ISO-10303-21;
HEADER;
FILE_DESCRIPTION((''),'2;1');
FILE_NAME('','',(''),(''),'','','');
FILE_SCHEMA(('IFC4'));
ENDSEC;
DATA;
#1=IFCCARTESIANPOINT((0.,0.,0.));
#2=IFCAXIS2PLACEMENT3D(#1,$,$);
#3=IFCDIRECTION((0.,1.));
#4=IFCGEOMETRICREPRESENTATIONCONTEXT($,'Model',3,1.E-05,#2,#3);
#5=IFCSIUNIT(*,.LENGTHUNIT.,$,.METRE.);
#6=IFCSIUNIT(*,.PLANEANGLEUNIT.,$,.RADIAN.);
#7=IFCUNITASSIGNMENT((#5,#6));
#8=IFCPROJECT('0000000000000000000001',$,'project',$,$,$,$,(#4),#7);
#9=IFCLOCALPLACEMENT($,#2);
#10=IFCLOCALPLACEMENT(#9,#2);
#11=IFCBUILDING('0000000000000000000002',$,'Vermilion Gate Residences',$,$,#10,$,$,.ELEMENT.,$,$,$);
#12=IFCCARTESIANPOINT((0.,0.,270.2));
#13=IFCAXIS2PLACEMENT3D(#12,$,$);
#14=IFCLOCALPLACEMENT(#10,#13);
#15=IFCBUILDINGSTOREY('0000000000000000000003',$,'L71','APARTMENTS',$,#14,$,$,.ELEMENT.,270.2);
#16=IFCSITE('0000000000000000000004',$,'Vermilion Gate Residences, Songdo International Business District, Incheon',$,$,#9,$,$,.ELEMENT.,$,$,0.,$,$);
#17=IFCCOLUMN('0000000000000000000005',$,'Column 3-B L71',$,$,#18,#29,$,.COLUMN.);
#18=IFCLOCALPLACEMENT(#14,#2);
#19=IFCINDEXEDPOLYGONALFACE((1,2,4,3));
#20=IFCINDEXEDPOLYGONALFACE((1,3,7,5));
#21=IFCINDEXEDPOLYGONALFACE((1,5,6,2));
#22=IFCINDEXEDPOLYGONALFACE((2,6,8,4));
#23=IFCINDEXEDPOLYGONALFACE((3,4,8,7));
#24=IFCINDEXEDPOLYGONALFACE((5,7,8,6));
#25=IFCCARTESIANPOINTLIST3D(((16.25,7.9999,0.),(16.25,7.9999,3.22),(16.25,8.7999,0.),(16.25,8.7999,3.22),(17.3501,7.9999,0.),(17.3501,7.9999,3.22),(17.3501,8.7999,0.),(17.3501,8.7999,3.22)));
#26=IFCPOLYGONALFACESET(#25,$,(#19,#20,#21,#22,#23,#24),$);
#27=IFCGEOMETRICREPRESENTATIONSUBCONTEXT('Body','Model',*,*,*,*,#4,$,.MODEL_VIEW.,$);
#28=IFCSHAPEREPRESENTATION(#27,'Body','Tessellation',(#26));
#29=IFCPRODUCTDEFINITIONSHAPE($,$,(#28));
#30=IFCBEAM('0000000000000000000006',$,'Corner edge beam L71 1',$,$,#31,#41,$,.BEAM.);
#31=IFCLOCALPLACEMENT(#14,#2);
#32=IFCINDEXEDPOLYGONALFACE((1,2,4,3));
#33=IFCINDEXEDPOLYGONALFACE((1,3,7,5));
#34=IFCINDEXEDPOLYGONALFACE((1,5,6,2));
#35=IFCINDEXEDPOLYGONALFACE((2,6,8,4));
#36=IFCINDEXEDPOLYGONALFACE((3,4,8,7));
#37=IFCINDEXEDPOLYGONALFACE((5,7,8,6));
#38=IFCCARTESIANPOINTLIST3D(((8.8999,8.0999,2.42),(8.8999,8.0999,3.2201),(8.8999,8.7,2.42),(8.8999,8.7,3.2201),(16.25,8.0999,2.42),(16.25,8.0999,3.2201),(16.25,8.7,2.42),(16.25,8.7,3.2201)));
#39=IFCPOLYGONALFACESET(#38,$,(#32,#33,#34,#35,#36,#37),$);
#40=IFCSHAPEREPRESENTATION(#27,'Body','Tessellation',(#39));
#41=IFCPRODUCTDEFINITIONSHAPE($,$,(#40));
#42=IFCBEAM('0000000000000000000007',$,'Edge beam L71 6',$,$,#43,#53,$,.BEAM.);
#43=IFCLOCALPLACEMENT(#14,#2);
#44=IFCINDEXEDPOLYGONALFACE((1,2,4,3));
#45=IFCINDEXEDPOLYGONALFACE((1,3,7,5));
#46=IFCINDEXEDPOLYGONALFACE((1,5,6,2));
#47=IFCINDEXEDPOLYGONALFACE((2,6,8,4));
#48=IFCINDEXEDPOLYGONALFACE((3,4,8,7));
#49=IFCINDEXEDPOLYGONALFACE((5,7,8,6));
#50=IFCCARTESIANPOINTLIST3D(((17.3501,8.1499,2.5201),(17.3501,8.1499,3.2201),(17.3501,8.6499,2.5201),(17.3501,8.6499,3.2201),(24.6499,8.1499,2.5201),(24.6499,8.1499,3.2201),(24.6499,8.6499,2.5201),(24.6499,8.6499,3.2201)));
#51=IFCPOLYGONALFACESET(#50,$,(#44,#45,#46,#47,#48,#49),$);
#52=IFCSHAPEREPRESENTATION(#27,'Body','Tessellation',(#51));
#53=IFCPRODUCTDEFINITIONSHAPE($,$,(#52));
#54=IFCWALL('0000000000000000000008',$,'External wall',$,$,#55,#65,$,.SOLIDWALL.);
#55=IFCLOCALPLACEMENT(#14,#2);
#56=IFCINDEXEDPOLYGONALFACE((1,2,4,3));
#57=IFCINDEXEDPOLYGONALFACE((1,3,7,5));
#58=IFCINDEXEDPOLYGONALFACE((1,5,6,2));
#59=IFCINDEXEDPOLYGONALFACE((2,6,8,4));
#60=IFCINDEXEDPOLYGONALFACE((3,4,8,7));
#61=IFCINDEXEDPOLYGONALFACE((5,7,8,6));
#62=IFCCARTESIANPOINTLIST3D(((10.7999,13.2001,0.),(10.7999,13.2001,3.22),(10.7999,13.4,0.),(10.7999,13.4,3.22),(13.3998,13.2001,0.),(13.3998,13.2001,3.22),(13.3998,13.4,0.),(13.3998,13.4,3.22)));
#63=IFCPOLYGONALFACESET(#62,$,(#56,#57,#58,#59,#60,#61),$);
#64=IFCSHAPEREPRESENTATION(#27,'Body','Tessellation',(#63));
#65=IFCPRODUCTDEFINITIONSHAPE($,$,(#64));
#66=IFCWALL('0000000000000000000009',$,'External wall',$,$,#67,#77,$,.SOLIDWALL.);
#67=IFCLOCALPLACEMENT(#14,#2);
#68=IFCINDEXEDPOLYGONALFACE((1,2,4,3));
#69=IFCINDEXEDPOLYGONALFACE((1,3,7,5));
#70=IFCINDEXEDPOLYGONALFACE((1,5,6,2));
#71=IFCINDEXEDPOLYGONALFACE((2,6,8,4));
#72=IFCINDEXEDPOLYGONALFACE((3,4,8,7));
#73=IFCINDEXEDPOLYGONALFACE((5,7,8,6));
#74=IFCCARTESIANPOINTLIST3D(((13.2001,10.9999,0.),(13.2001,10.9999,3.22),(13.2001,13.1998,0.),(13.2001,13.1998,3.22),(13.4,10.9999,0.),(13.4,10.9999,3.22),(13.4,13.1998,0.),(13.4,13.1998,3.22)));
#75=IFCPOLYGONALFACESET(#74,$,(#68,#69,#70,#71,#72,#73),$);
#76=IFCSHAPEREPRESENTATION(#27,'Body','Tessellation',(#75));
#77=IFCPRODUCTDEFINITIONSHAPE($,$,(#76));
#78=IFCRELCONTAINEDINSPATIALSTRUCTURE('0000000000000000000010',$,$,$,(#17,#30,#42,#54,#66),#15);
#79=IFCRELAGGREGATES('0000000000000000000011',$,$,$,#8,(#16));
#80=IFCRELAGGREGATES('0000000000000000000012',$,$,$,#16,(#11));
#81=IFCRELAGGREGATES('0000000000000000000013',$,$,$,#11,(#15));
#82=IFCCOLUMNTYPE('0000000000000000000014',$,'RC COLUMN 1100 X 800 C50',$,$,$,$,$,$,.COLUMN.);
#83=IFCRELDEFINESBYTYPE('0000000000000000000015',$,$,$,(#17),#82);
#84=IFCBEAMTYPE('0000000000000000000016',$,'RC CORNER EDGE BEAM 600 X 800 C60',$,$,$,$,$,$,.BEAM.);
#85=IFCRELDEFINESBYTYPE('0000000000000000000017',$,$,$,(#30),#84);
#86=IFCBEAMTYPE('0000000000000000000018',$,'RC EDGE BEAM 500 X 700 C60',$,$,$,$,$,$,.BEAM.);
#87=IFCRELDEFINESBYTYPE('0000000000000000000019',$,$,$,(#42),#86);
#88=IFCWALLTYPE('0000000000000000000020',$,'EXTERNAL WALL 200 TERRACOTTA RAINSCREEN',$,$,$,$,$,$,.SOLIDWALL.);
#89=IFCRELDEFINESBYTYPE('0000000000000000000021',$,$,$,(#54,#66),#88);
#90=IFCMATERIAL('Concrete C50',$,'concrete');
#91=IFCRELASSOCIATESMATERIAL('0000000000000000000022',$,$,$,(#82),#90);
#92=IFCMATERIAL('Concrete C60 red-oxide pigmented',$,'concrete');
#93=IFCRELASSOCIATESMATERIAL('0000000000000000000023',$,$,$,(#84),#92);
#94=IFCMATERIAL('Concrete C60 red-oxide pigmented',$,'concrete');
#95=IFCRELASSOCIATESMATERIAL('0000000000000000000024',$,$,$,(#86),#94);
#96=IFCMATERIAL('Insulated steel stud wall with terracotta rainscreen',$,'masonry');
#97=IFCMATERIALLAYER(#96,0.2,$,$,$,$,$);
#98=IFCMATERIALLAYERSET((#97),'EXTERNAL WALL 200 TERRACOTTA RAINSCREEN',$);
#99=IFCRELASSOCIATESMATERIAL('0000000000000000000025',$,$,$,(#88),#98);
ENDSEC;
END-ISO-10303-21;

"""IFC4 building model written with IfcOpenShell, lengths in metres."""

from ifc_helpers import new_model, si_unit, direction, frame, frame_2d, origin, origin_2d, place, context, subcontext, project, spatial, rectangle, extrude, material, layer, layer_set, material_profile, profile_set, type_object, element, save


model = new_model("IFC4")

# Units and contexts
model_context = context("Model", 3, precision=1e-05, world=origin(), true_north=direction((0.0, 1.0)))
body_context = subcontext(model_context, "Body", "Model", "MODEL_VIEW")
ifc_project = project(units=[si_unit("LENGTHUNIT", "METRE"), si_unit("PLANEANGLEUNIT", "RADIAN")], contexts=[model_context])

# Site, building, storey
site_placement = place(None, origin())
site = spatial("IfcSite", under=ifc_project, at=site_placement, Name="Vermilion Gate Residences, Songdo International Business District, Incheon", CompositionType="ELEMENT", RefElevation=0.0)
building_placement = place(site_placement, origin())
building = spatial("IfcBuilding", under=site, at=building_placement, Name="Vermilion Gate Residences", CompositionType="ELEMENT")
storey_placement = place(building_placement, frame((0.0, 0.0, 270.2)))
storey = spatial("IfcBuildingStorey", under=building, at=storey_placement, Name="L71", Description="APARTMENTS", CompositionType="ELEMENT", Elevation=270.2)

# Column
ifc_material_1 = material(Name="Concrete C50", Category="concrete")
ifc_material_profile_1 = material_profile(ifc_material_1, rectangle(XDim=1.1001, YDim=0.8, at=origin_2d()), Name="RC-1100x800")
ifc_profile_set_1 = profile_set([ifc_material_profile_1], Name="Concrete C50")
column_type = type_object("IfcColumnType", Name="RC COLUMN 1100 X 800 C50", PredefinedType="COLUMN", material=ifc_profile_set_1)
column_placement = place(storey_placement, frame((16.8, 8.3999, 0.0), z_axis=(0.0, 0.0, 1.0), x_axis=(1.0, 0.0, 0.0)))
element("IfcColumn", 1, at=column_placement, inside=storey, type_object=column_type, Name="Column 3-B L71", PredefinedType="COLUMN", context=body_context, shape_type="SweptSolid", body=[
    extrude(rectangle(XDim=1.1001, YDim=0.8, at=origin_2d()), origin(), (0.0, 0.0, 1.0), 3.22),
])

# Beams
ifc_material_2 = material(Name="Concrete C60 red-oxide pigmented", Category="concrete")
ifc_material_profile_2 = material_profile(ifc_material_2, rectangle(XDim=0.6001, YDim=0.8, at=origin_2d()), Name="RC-600x800")
ifc_profile_set_2 = profile_set([ifc_material_profile_2], Name="Concrete C60 red-oxide pigmented")
beam_type_1 = type_object("IfcBeamType", Name="RC CORNER EDGE BEAM 600 X 800 C60", PredefinedType="BEAM", material=ifc_profile_set_2)
beam_1_placement = place(storey_placement, frame((8.8999, 8.3999, 2.8201), z_axis=(1.0, 0.0, 0.0), x_axis=(0.0, 1.0, 0.0)))
element("IfcBeam", 2, at=beam_1_placement, inside=storey, type_object=beam_type_1, Name="Corner edge beam L71 1", PredefinedType="BEAM", context=body_context, shape_type="SweptSolid", body=[
    extrude(rectangle(XDim=0.6001, YDim=0.8, at=origin_2d()), origin(), (0.0, 0.0, 1.0), 7.3501),
])
ifc_material_3 = material(Name="Concrete C60 red-oxide pigmented", Category="concrete")
ifc_material_profile_3 = material_profile(ifc_material_3, rectangle(XDim=0.5, YDim=0.7, at=origin_2d()), Name="RC-500x700")
ifc_profile_set_3 = profile_set([ifc_material_profile_3], Name="Concrete C60 red-oxide pigmented")
beam_type_2 = type_object("IfcBeamType", Name="RC EDGE BEAM 500 X 700 C60", PredefinedType="BEAM", material=ifc_profile_set_3)
beam_2_placement = place(storey_placement, frame((17.3501, 8.3999, 2.8701), z_axis=(1.0, 0.0, 0.0), x_axis=(0.0, 1.0, 0.0)))
element("IfcBeam", 3, at=beam_2_placement, inside=storey, type_object=beam_type_2, Name="Edge beam L71 6", PredefinedType="BEAM", context=body_context, shape_type="SweptSolid", body=[
    extrude(rectangle(XDim=0.5, YDim=0.7, at=origin_2d()), origin(), (0.0, 0.0, 1.0), 7.2998),
])

# Walls
ifc_material_4 = material(Name="Insulated steel stud wall with terracotta rainscreen", Category="masonry")
ifc_layer_1 = layer(ifc_material_4, 0.2)
ifc_layer_set_1 = layer_set([ifc_layer_1], Name="EXTERNAL WALL 200 TERRACOTTA RAINSCREEN")
wall_type_1 = type_object("IfcWallType", Name="EXTERNAL WALL 200 TERRACOTTA RAINSCREEN", PredefinedType="SOLIDWALL", material=ifc_layer_set_1)
wall_1_placement = place(storey_placement, frame((10.8, 13.3, 0.0), z_axis=(0.0, 0.0, 1.0), x_axis=(1.0, 0.0, 0.0)))
element("IfcWall", 4, at=wall_1_placement, inside=storey, type_object=wall_type_1, Name="External wall", PredefinedType="SOLIDWALL", context=body_context, shape_type="SweptSolid", body=[
    extrude(rectangle(XDim=2.5999, YDim=0.2, at=frame_2d((1.2998, 0.0))), origin(), (0.0, 0.0, 1.0), 3.22),
])
wall_2_placement = place(storey_placement, frame((13.3, 13.2, 0.0), z_axis=(0.0, 0.0, 1.0), x_axis=(0.0, -1.0, 0.0)))
element("IfcWall", 5, at=wall_2_placement, inside=storey, type_object=wall_type_1, Name="External wall", PredefinedType="SOLIDWALL", context=body_context, shape_type="SweptSolid", body=[
    extrude(rectangle(XDim=2.2, YDim=0.2, at=frame_2d((1.1001, 0.0))), origin(), (0.0, 0.0, 1.0), 3.22),
])

save(model, "model.ifc")
